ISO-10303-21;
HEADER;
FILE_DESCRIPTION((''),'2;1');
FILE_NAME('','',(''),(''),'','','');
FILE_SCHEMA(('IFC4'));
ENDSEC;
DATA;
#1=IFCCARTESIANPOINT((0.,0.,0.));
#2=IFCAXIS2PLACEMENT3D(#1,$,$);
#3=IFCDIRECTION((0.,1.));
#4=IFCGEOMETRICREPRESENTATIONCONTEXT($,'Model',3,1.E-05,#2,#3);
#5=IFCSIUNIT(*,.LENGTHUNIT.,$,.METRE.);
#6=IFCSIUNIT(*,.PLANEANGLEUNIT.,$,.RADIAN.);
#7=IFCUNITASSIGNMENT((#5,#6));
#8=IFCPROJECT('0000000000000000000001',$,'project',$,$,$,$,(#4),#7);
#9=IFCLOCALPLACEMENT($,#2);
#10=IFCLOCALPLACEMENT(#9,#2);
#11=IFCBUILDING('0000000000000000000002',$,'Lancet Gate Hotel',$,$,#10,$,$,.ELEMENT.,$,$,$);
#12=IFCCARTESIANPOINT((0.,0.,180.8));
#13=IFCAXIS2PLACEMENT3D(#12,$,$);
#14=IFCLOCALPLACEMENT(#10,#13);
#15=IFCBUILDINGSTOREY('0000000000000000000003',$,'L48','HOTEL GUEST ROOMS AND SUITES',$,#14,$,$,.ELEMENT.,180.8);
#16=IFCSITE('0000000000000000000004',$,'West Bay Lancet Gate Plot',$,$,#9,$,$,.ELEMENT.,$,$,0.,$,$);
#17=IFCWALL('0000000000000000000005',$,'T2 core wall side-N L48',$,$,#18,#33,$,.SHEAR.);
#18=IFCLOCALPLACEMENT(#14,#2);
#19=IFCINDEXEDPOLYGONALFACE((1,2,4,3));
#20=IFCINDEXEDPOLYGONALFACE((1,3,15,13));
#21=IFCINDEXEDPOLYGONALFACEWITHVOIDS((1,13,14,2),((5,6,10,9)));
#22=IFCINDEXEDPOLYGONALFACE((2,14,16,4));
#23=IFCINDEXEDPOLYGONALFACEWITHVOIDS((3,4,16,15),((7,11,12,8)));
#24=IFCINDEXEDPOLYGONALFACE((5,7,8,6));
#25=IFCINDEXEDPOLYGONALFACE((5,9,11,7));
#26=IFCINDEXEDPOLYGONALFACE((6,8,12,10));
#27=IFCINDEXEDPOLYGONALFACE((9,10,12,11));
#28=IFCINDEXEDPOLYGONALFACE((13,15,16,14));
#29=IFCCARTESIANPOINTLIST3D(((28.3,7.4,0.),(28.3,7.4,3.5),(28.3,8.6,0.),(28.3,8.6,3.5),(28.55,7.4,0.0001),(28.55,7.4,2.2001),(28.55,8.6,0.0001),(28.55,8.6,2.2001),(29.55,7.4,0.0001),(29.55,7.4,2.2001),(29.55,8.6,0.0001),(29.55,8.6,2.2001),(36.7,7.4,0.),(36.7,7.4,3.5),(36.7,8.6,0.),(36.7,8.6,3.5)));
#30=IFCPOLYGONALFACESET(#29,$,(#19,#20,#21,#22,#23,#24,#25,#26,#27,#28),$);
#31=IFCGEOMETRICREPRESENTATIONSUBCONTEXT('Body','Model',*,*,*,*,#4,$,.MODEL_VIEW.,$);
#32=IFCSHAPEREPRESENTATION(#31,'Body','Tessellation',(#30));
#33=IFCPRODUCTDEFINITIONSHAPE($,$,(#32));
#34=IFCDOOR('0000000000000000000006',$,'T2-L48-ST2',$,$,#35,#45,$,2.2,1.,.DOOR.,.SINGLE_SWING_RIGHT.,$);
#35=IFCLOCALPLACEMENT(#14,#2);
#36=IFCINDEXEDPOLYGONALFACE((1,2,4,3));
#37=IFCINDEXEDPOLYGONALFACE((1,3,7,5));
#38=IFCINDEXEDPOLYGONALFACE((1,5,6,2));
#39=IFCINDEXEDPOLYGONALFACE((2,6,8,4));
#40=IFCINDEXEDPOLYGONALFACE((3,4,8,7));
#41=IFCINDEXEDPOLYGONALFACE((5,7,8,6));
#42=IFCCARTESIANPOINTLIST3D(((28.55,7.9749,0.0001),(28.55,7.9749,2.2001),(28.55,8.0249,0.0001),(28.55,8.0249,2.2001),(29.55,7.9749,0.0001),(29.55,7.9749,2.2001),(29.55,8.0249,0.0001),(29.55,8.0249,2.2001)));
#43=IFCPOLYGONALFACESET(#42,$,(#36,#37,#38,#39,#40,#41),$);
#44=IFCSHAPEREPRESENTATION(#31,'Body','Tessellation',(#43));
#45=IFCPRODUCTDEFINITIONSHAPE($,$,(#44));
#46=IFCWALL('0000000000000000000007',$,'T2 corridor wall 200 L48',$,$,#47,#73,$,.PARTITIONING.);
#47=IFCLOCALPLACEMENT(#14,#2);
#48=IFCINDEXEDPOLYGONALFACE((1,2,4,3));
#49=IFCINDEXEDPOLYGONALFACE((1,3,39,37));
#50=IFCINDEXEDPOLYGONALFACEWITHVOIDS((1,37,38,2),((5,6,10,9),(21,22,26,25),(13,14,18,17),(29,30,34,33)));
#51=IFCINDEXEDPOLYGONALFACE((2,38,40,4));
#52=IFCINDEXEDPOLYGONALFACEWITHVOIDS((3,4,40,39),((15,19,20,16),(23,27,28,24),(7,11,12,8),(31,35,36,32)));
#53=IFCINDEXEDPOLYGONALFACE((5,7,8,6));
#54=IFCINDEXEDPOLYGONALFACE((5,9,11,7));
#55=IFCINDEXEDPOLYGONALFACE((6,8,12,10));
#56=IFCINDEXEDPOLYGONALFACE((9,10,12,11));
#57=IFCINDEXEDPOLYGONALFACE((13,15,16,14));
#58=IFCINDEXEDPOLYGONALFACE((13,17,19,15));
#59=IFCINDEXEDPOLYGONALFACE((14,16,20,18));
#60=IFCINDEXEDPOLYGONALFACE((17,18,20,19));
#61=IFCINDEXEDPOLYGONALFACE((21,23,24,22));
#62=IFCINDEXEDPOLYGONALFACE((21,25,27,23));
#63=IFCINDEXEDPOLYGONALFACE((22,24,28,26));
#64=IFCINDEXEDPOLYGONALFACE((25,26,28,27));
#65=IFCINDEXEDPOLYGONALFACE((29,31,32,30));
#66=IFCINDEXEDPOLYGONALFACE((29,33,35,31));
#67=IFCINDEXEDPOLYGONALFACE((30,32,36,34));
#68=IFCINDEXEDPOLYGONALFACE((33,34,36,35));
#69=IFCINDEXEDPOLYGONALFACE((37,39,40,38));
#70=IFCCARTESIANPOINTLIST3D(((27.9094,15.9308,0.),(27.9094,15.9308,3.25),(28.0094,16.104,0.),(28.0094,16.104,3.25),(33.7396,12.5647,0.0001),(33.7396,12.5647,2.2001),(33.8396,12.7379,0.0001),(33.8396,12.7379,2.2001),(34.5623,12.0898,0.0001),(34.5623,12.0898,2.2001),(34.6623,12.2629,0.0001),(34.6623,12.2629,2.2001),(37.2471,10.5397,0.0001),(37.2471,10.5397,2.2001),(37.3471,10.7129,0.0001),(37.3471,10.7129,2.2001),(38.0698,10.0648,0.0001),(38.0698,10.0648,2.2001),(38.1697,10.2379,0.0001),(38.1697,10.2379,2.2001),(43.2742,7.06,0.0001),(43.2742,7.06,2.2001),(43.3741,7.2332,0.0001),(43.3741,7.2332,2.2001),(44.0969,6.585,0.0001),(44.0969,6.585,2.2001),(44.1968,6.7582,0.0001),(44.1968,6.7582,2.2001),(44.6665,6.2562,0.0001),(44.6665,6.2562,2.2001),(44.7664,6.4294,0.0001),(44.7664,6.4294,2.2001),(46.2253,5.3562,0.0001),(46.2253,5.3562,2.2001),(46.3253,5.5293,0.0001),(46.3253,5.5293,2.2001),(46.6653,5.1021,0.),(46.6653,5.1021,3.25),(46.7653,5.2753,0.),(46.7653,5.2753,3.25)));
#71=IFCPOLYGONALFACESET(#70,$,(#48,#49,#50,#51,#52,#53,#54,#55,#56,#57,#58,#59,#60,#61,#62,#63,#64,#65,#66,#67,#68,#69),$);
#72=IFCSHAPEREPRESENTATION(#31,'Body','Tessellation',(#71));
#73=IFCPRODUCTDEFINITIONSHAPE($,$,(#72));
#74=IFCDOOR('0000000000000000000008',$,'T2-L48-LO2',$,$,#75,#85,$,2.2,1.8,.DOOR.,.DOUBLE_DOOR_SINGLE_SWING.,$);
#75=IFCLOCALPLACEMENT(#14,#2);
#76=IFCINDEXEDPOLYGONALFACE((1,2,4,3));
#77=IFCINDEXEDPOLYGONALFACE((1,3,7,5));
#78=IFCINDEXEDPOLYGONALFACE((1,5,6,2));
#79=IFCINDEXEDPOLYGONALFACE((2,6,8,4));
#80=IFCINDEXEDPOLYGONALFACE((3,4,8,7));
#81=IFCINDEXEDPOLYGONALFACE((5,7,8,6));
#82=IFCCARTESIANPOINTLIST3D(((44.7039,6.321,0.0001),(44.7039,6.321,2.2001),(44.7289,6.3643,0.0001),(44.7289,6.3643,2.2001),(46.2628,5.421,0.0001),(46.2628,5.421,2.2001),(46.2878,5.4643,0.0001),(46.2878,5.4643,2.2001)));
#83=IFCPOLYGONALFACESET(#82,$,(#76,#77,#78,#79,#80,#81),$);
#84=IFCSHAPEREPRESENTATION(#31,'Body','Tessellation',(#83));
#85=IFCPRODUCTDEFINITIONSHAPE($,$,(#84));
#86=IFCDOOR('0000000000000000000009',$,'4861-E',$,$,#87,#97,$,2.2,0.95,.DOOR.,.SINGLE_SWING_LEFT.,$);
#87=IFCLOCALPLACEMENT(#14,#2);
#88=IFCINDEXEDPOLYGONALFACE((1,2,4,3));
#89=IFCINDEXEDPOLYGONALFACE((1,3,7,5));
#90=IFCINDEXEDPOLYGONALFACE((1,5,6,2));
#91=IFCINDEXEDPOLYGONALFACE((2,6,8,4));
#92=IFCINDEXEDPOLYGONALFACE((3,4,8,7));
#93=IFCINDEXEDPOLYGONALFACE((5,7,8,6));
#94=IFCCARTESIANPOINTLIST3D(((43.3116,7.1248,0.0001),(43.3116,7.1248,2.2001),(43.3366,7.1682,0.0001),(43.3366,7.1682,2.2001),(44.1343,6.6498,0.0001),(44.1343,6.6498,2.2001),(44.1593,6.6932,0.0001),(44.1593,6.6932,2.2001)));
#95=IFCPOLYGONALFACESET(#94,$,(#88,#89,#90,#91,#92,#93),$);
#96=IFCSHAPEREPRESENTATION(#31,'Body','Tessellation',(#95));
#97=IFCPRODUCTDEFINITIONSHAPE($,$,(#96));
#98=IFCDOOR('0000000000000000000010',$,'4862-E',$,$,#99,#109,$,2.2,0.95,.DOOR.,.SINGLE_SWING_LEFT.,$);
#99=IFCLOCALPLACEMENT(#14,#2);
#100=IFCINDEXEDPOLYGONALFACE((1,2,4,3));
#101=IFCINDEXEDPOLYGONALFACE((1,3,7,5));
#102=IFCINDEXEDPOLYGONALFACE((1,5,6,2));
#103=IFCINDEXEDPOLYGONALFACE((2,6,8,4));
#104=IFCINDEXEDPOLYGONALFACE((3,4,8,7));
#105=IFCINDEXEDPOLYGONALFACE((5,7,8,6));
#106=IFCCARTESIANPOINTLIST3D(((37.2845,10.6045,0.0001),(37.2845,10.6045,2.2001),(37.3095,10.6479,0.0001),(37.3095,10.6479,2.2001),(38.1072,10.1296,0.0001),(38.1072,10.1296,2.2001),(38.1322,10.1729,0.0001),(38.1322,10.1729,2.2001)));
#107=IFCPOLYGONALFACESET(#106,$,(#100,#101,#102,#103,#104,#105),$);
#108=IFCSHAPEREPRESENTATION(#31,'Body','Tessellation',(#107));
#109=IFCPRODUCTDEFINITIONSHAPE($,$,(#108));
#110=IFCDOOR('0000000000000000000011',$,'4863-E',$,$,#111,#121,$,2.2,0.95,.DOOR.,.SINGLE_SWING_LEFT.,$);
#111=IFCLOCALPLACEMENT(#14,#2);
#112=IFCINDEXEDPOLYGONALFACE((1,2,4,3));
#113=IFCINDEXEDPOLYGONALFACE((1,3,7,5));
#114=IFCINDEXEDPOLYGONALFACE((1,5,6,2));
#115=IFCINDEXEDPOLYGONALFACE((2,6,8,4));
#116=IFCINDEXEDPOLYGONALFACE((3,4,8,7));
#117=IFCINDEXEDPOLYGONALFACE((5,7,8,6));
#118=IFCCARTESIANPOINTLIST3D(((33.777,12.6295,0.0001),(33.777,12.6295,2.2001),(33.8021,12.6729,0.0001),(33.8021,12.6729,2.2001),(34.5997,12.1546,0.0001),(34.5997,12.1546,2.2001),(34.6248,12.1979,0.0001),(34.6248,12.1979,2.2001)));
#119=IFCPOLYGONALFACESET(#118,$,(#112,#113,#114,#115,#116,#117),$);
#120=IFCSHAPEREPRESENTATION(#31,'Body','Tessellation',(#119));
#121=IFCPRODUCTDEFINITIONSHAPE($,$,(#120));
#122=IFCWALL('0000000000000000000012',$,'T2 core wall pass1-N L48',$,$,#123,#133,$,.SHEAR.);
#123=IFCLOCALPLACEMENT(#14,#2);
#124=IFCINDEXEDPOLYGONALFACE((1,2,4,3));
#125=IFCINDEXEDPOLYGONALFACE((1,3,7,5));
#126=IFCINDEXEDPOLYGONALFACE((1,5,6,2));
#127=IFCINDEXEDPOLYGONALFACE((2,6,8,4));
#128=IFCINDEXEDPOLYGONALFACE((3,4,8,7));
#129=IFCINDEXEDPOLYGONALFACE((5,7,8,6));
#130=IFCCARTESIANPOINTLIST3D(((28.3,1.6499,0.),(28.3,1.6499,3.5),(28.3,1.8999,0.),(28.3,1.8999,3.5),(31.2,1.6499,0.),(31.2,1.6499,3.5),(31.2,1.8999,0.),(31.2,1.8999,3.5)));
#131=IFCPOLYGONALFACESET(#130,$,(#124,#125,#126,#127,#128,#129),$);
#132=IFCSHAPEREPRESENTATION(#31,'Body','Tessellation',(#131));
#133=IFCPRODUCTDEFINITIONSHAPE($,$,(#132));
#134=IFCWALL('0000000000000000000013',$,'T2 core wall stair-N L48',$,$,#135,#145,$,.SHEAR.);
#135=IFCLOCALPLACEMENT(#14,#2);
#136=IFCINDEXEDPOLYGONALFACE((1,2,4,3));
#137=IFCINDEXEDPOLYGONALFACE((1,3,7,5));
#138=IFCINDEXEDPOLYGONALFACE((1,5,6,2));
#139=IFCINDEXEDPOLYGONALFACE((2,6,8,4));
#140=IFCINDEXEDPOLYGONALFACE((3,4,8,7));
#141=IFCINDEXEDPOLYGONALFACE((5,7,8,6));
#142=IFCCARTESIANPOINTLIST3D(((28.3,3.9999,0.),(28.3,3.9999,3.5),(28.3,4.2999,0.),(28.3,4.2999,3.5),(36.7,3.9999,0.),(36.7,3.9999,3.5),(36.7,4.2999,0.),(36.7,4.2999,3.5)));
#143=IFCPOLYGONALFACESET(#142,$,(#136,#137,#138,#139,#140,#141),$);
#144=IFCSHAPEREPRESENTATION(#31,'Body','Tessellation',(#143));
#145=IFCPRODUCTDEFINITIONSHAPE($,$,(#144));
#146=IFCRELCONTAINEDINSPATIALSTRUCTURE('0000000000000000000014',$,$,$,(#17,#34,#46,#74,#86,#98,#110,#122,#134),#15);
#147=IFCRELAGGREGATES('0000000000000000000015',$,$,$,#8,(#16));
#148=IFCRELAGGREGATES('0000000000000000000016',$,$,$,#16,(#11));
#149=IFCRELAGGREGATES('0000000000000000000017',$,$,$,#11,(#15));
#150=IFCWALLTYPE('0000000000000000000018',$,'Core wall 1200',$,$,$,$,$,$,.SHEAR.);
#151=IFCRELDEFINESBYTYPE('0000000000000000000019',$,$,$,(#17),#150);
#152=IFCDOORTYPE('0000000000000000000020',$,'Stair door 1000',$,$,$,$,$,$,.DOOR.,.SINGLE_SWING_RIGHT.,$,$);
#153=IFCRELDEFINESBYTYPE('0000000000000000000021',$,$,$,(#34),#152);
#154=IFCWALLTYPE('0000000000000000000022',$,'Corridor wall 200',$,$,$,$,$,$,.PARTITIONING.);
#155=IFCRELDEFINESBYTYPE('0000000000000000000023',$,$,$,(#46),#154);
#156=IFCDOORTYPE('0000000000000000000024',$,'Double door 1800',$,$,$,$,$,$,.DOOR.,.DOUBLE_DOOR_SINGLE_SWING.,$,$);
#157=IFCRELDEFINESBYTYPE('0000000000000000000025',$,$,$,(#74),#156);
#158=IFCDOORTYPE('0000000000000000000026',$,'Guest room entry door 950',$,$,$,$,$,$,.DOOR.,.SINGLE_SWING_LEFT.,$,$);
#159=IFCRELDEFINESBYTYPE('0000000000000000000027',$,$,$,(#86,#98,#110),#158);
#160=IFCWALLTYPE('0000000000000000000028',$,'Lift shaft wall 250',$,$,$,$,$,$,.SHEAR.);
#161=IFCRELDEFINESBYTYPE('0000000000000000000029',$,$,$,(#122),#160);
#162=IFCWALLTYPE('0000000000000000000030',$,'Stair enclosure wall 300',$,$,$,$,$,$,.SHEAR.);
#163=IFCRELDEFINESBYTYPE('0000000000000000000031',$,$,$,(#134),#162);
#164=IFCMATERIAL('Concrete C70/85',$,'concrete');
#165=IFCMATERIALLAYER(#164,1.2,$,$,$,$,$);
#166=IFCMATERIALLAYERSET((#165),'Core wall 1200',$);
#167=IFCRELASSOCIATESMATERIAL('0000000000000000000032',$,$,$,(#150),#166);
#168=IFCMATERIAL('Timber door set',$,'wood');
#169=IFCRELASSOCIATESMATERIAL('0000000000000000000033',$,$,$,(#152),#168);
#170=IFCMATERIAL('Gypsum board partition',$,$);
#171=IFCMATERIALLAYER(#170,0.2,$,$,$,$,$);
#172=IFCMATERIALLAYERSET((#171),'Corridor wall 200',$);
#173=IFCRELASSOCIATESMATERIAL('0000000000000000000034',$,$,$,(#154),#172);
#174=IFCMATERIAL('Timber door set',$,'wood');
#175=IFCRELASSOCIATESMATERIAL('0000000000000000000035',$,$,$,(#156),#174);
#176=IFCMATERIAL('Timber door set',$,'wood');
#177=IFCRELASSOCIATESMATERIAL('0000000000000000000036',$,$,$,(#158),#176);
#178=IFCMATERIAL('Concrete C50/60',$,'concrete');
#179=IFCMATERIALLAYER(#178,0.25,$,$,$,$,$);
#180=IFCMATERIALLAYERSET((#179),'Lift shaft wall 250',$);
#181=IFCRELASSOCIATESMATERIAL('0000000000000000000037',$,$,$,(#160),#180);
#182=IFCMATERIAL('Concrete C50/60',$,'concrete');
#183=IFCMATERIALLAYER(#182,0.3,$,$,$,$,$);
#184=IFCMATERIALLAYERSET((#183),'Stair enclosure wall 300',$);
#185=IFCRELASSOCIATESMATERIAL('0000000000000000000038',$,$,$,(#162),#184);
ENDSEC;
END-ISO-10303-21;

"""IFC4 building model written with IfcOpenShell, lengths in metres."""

from ifc_helpers import new_model, si_unit, direction, frame, frame_2d, origin, place, context, subcontext, project, spatial, rectangle, extrude, material, layer, layer_set, type_object, element, fill, save


model = new_model("IFC4")

# Units and contexts
model_context = context("Model", 3, precision=1e-05, world=origin(), true_north=direction((0.0, 1.0)))
body_context = subcontext(model_context, "Body", "Model", "MODEL_VIEW")
ifc_project = project(units=[si_unit("LENGTHUNIT", "METRE"), si_unit("PLANEANGLEUNIT", "RADIAN")], contexts=[model_context])

# Site, building, storey
site_placement = place(None, origin())
site = spatial("IfcSite", under=ifc_project, at=site_placement, Name="West Bay Lancet Gate Plot", CompositionType="ELEMENT", RefElevation=0.0)
building_placement = place(site_placement, origin())
building = spatial("IfcBuilding", under=site, at=building_placement, Name="Lancet Gate Hotel", CompositionType="ELEMENT")
storey_placement = place(building_placement, frame((0.0, 0.0, 180.8)))
storey = spatial("IfcBuildingStorey", under=building, at=storey_placement, Name="L48", Description="HOTEL GUEST ROOMS AND SUITES", CompositionType="ELEMENT", Elevation=180.8)

# Wall, opening, door
ifc_material_1 = material(Name="Concrete C70/85", Category="concrete")
ifc_layer_1 = layer(ifc_material_1, 1.2)
ifc_layer_set_1 = layer_set([ifc_layer_1], Name="Core wall 1200")
wall_type_1 = type_object("IfcWallType", Name="Core wall 1200", PredefinedType="SHEAR", material=ifc_layer_set_1)
wall_1_placement = place(storey_placement, frame((28.3, 8.0, 0.0), z_axis=(0.0, 0.0, 1.0), x_axis=(1.0, 0.0, 0.0)))
wall_1 = element("IfcWall", 1, at=wall_1_placement, inside=storey, type_object=wall_type_1, Name="T2 core wall side-N L48", PredefinedType="SHEAR", context=body_context, shape_type="SweptSolid", body=[
    extrude(rectangle(XDim=8.3999, YDim=1.2, at=frame_2d((4.2, 0.0))), origin(), (0.0, 0.0, 1.0), 3.5),
])
opening_1_placement = place(wall_1_placement, frame((0.25, 0.0, 0.0)))
opening_1 = element("IfcOpeningElement", 2, at=opening_1_placement, cuts=wall_1, PredefinedType="OPENING", context=body_context, shape_type="SweptSolid", body=[
    extrude(rectangle(XDim=1.0, YDim=2.2, at=frame_2d((0.5, 1.1001))), frame((0.0, 0.6099, 0.0), z_axis=(0.0, -1.0, 0.0), x_axis=(1.0, 0.0, 0.0)), (0.0, 0.0, 1.0), 1.22),
])
ifc_material_2 = material(Name="Timber door set", Category="wood")
door_type_1 = type_object("IfcDoorType", Name="Stair door 1000", OperationType="SINGLE_SWING_RIGHT", PredefinedType="DOOR", material=ifc_material_2)
door_1_placement = place(opening_1_placement, origin())
door_1 = element("IfcDoor", 3, at=door_1_placement, inside=storey, type_object=door_type_1, Name="T2-L48-ST2", OperationType="SINGLE_SWING_RIGHT", OverallHeight=2.2, OverallWidth=1.0, PredefinedType="DOOR", context=body_context, shape_type="SweptSolid", body=[
    extrude(rectangle(XDim=1.0, YDim=2.2, at=frame_2d((0.5, 1.1001))), frame((0.0, 0.0249, 0.0), z_axis=(0.0, -1.0, 0.0), x_axis=(1.0, 0.0, 0.0)), (0.0, 0.0, 1.0), 0.05),
])
fill(opening_1, door_1)

# Wall, openings, doors
ifc_material_3 = material(Name="Gypsum board partition")
ifc_layer_2 = layer(ifc_material_3, 0.2)
ifc_layer_set_2 = layer_set([ifc_layer_2], Name="Corridor wall 200")
wall_type_2 = type_object("IfcWallType", Name="Corridor wall 200", PredefinedType="PARTITIONING", material=ifc_layer_set_2)
wall_2_placement = place(storey_placement, frame((27.9595, 16.0173, 0.0), z_axis=(0.0, 0.0, 1.0), x_axis=(0.866027, -0.499997, 0.0)))
wall_2 = element("IfcWall", 4, at=wall_2_placement, inside=storey, type_object=wall_type_2, Name="T2 corridor wall 200 L48", PredefinedType="PARTITIONING", context=body_context, shape_type="SweptSolid", body=[
    extrude(rectangle(XDim=21.6575, YDim=0.2, at=frame_2d((10.8286, 0.0))), origin(), (0.0, 0.0, 1.0), 3.25),
])
opening_2_placement = place(wall_2_placement, frame((17.7415, 0.0, 0.0)))
opening_2 = element("IfcOpeningElement", 5, at=opening_2_placement, cuts=wall_2, PredefinedType="OPENING", context=body_context, shape_type="SweptSolid", body=[
    extrude(rectangle(XDim=0.95, YDim=2.2, at=frame_2d((0.4751, 1.1001))), frame((0.0, 0.1099, 0.0), z_axis=(0.0, -1.0, 0.0), x_axis=(1.0, 0.0, 0.0)), (0.0, 0.0, 1.0), 0.22),
])
opening_3_placement = place(wall_2_placement, frame((10.782, 0.0, 0.0)))
opening_3 = element("IfcOpeningElement", 6, at=opening_3_placement, cuts=wall_2, PredefinedType="OPENING", context=body_context, shape_type="SweptSolid", body=[
    extrude(rectangle(XDim=0.95, YDim=2.2, at=frame_2d((0.4751, 1.1001))), frame((0.0, 0.1099, 0.0), z_axis=(0.0, -1.0, 0.0), x_axis=(1.0, 0.0, 0.0)), (0.0, 0.0, 1.0), 0.22),
])
opening_4_placement = place(wall_2_placement, frame((6.7319, 0.0, 0.0)))
opening_4 = element("IfcOpeningElement", 7, at=opening_4_placement, cuts=wall_2, PredefinedType="OPENING", context=body_context, shape_type="SweptSolid", body=[
    extrude(rectangle(XDim=0.95, YDim=2.2, at=frame_2d((0.4751, 1.1001))), frame((0.0, 0.1099, 0.0), z_axis=(0.0, -1.0, 0.0), x_axis=(1.0, 0.0, 0.0)), (0.0, 0.0, 1.0), 0.22),
])
opening_5_placement = place(wall_2_placement, frame((19.3494, 0.0, 0.0)))
opening_5 = element("IfcOpeningElement", 8, at=opening_5_placement, cuts=wall_2, PredefinedType="OPENING", context=body_context, shape_type="SweptSolid", body=[
    extrude(rectangle(XDim=1.8, YDim=2.2, at=frame_2d((0.8999, 1.1001))), frame((0.0, 0.1099, 0.0), z_axis=(0.0, -1.0, 0.0), x_axis=(1.0, 0.0, 0.0)), (0.0, 0.0, 1.0), 0.22),
])
ifc_material_4 = material(Name="Timber door set", Category="wood")
door_type_2 = type_object("IfcDoorType", Name="Double door 1800", OperationType="DOUBLE_DOOR_SINGLE_SWING", PredefinedType="DOOR", material=ifc_material_4)
door_2_placement = place(opening_5_placement, origin())
door_2 = element("IfcDoor", 9, at=door_2_placement, inside=storey, type_object=door_type_2, Name="T2-L48-LO2", OperationType="DOUBLE_DOOR_SINGLE_SWING", OverallHeight=2.2, OverallWidth=1.8, PredefinedType="DOOR", context=body_context, shape_type="SweptSolid", body=[
    extrude(rectangle(XDim=1.8, YDim=2.2, at=frame_2d((0.8999, 1.1001))), frame((0.0, 0.0249, 0.0), z_axis=(0.0, -1.0, 0.0), x_axis=(1.0, 0.0, 0.0)), (0.0, 0.0, 1.0), 0.05),
])
fill(opening_5, door_2)
ifc_material_5 = material(Name="Timber door set", Category="wood")
door_type_3 = type_object("IfcDoorType", Name="Guest room entry door 950", OperationType="SINGLE_SWING_LEFT", PredefinedType="DOOR", material=ifc_material_5)
door_3_placement = place(opening_2_placement, origin())
door_3 = element("IfcDoor", 10, at=door_3_placement, inside=storey, type_object=door_type_3, Name="4861-E", OperationType="SINGLE_SWING_LEFT", OverallHeight=2.2, OverallWidth=0.95, PredefinedType="DOOR", context=body_context, shape_type="SweptSolid", body=[
    extrude(rectangle(XDim=0.95, YDim=2.2, at=frame_2d((0.4751, 1.1001))), frame((0.0, 0.0249, 0.0), z_axis=(0.0, -1.0, 0.0), x_axis=(1.0, 0.0, 0.0)), (0.0, 0.0, 1.0), 0.05),
])
fill(opening_2, door_3)
door_4_placement = place(opening_3_placement, origin())
door_4 = element("IfcDoor", 11, at=door_4_placement, inside=storey, type_object=door_type_3, Name="4862-E", OperationType="SINGLE_SWING_LEFT", OverallHeight=2.2, OverallWidth=0.95, PredefinedType="DOOR", context=body_context, shape_type="SweptSolid", body=[
    extrude(rectangle(XDim=0.95, YDim=2.2, at=frame_2d((0.4751, 1.1001))), frame((0.0, 0.0249, 0.0), z_axis=(0.0, -1.0, 0.0), x_axis=(1.0, 0.0, 0.0)), (0.0, 0.0, 1.0), 0.05),
])
fill(opening_3, door_4)
door_5_placement = place(opening_4_placement, origin())
door_5 = element("IfcDoor", 12, at=door_5_placement, inside=storey, type_object=door_type_3, Name="4863-E", OperationType="SINGLE_SWING_LEFT", OverallHeight=2.2, OverallWidth=0.95, PredefinedType="DOOR", context=body_context, shape_type="SweptSolid", body=[
    extrude(rectangle(XDim=0.95, YDim=2.2, at=frame_2d((0.4751, 1.1001))), frame((0.0, 0.0249, 0.0), z_axis=(0.0, -1.0, 0.0), x_axis=(1.0, 0.0, 0.0)), (0.0, 0.0, 1.0), 0.05),
])
fill(opening_4, door_5)

# Walls
ifc_material_6 = material(Name="Concrete C50/60", Category="concrete")
ifc_layer_3 = layer(ifc_material_6, 0.25)
ifc_layer_set_3 = layer_set([ifc_layer_3], Name="Lift shaft wall 250")
wall_type_3 = type_object("IfcWallType", Name="Lift shaft wall 250", PredefinedType="SHEAR", material=ifc_layer_set_3)
wall_3_placement = place(storey_placement, frame((28.3, 1.7749, 0.0), z_axis=(0.0, 0.0, 1.0), x_axis=(1.0, 0.0, 0.0)))
element("IfcWall", 13, at=wall_3_placement, inside=storey, type_object=wall_type_3, Name="T2 core wall pass1-N L48", PredefinedType="SHEAR", context=body_context, shape_type="SweptSolid", body=[
    extrude(rectangle(XDim=2.8999, YDim=0.25, at=frame_2d((1.45, 0.0))), origin(), (0.0, 0.0, 1.0), 3.5),
])
ifc_material_7 = material(Name="Concrete C50/60", Category="concrete")
ifc_layer_4 = layer(ifc_material_7, 0.3)
ifc_layer_set_4 = layer_set([ifc_layer_4], Name="Stair enclosure wall 300")
wall_type_4 = type_object("IfcWallType", Name="Stair enclosure wall 300", PredefinedType="SHEAR", material=ifc_layer_set_4)
wall_4_placement = place(storey_placement, frame((28.3, 4.1499, 0.0), z_axis=(0.0, 0.0, 1.0), x_axis=(1.0, 0.0, 0.0)))
element("IfcWall", 14, at=wall_4_placement, inside=storey, type_object=wall_type_4, Name="T2 core wall stair-N L48", PredefinedType="SHEAR", context=body_context, shape_type="SweptSolid", body=[
    extrude(rectangle(XDim=8.3999, YDim=0.3, at=frame_2d((4.2, 0.0))), origin(), (0.0, 0.0, 1.0), 3.5),
])

save(model, "model.ifc")
